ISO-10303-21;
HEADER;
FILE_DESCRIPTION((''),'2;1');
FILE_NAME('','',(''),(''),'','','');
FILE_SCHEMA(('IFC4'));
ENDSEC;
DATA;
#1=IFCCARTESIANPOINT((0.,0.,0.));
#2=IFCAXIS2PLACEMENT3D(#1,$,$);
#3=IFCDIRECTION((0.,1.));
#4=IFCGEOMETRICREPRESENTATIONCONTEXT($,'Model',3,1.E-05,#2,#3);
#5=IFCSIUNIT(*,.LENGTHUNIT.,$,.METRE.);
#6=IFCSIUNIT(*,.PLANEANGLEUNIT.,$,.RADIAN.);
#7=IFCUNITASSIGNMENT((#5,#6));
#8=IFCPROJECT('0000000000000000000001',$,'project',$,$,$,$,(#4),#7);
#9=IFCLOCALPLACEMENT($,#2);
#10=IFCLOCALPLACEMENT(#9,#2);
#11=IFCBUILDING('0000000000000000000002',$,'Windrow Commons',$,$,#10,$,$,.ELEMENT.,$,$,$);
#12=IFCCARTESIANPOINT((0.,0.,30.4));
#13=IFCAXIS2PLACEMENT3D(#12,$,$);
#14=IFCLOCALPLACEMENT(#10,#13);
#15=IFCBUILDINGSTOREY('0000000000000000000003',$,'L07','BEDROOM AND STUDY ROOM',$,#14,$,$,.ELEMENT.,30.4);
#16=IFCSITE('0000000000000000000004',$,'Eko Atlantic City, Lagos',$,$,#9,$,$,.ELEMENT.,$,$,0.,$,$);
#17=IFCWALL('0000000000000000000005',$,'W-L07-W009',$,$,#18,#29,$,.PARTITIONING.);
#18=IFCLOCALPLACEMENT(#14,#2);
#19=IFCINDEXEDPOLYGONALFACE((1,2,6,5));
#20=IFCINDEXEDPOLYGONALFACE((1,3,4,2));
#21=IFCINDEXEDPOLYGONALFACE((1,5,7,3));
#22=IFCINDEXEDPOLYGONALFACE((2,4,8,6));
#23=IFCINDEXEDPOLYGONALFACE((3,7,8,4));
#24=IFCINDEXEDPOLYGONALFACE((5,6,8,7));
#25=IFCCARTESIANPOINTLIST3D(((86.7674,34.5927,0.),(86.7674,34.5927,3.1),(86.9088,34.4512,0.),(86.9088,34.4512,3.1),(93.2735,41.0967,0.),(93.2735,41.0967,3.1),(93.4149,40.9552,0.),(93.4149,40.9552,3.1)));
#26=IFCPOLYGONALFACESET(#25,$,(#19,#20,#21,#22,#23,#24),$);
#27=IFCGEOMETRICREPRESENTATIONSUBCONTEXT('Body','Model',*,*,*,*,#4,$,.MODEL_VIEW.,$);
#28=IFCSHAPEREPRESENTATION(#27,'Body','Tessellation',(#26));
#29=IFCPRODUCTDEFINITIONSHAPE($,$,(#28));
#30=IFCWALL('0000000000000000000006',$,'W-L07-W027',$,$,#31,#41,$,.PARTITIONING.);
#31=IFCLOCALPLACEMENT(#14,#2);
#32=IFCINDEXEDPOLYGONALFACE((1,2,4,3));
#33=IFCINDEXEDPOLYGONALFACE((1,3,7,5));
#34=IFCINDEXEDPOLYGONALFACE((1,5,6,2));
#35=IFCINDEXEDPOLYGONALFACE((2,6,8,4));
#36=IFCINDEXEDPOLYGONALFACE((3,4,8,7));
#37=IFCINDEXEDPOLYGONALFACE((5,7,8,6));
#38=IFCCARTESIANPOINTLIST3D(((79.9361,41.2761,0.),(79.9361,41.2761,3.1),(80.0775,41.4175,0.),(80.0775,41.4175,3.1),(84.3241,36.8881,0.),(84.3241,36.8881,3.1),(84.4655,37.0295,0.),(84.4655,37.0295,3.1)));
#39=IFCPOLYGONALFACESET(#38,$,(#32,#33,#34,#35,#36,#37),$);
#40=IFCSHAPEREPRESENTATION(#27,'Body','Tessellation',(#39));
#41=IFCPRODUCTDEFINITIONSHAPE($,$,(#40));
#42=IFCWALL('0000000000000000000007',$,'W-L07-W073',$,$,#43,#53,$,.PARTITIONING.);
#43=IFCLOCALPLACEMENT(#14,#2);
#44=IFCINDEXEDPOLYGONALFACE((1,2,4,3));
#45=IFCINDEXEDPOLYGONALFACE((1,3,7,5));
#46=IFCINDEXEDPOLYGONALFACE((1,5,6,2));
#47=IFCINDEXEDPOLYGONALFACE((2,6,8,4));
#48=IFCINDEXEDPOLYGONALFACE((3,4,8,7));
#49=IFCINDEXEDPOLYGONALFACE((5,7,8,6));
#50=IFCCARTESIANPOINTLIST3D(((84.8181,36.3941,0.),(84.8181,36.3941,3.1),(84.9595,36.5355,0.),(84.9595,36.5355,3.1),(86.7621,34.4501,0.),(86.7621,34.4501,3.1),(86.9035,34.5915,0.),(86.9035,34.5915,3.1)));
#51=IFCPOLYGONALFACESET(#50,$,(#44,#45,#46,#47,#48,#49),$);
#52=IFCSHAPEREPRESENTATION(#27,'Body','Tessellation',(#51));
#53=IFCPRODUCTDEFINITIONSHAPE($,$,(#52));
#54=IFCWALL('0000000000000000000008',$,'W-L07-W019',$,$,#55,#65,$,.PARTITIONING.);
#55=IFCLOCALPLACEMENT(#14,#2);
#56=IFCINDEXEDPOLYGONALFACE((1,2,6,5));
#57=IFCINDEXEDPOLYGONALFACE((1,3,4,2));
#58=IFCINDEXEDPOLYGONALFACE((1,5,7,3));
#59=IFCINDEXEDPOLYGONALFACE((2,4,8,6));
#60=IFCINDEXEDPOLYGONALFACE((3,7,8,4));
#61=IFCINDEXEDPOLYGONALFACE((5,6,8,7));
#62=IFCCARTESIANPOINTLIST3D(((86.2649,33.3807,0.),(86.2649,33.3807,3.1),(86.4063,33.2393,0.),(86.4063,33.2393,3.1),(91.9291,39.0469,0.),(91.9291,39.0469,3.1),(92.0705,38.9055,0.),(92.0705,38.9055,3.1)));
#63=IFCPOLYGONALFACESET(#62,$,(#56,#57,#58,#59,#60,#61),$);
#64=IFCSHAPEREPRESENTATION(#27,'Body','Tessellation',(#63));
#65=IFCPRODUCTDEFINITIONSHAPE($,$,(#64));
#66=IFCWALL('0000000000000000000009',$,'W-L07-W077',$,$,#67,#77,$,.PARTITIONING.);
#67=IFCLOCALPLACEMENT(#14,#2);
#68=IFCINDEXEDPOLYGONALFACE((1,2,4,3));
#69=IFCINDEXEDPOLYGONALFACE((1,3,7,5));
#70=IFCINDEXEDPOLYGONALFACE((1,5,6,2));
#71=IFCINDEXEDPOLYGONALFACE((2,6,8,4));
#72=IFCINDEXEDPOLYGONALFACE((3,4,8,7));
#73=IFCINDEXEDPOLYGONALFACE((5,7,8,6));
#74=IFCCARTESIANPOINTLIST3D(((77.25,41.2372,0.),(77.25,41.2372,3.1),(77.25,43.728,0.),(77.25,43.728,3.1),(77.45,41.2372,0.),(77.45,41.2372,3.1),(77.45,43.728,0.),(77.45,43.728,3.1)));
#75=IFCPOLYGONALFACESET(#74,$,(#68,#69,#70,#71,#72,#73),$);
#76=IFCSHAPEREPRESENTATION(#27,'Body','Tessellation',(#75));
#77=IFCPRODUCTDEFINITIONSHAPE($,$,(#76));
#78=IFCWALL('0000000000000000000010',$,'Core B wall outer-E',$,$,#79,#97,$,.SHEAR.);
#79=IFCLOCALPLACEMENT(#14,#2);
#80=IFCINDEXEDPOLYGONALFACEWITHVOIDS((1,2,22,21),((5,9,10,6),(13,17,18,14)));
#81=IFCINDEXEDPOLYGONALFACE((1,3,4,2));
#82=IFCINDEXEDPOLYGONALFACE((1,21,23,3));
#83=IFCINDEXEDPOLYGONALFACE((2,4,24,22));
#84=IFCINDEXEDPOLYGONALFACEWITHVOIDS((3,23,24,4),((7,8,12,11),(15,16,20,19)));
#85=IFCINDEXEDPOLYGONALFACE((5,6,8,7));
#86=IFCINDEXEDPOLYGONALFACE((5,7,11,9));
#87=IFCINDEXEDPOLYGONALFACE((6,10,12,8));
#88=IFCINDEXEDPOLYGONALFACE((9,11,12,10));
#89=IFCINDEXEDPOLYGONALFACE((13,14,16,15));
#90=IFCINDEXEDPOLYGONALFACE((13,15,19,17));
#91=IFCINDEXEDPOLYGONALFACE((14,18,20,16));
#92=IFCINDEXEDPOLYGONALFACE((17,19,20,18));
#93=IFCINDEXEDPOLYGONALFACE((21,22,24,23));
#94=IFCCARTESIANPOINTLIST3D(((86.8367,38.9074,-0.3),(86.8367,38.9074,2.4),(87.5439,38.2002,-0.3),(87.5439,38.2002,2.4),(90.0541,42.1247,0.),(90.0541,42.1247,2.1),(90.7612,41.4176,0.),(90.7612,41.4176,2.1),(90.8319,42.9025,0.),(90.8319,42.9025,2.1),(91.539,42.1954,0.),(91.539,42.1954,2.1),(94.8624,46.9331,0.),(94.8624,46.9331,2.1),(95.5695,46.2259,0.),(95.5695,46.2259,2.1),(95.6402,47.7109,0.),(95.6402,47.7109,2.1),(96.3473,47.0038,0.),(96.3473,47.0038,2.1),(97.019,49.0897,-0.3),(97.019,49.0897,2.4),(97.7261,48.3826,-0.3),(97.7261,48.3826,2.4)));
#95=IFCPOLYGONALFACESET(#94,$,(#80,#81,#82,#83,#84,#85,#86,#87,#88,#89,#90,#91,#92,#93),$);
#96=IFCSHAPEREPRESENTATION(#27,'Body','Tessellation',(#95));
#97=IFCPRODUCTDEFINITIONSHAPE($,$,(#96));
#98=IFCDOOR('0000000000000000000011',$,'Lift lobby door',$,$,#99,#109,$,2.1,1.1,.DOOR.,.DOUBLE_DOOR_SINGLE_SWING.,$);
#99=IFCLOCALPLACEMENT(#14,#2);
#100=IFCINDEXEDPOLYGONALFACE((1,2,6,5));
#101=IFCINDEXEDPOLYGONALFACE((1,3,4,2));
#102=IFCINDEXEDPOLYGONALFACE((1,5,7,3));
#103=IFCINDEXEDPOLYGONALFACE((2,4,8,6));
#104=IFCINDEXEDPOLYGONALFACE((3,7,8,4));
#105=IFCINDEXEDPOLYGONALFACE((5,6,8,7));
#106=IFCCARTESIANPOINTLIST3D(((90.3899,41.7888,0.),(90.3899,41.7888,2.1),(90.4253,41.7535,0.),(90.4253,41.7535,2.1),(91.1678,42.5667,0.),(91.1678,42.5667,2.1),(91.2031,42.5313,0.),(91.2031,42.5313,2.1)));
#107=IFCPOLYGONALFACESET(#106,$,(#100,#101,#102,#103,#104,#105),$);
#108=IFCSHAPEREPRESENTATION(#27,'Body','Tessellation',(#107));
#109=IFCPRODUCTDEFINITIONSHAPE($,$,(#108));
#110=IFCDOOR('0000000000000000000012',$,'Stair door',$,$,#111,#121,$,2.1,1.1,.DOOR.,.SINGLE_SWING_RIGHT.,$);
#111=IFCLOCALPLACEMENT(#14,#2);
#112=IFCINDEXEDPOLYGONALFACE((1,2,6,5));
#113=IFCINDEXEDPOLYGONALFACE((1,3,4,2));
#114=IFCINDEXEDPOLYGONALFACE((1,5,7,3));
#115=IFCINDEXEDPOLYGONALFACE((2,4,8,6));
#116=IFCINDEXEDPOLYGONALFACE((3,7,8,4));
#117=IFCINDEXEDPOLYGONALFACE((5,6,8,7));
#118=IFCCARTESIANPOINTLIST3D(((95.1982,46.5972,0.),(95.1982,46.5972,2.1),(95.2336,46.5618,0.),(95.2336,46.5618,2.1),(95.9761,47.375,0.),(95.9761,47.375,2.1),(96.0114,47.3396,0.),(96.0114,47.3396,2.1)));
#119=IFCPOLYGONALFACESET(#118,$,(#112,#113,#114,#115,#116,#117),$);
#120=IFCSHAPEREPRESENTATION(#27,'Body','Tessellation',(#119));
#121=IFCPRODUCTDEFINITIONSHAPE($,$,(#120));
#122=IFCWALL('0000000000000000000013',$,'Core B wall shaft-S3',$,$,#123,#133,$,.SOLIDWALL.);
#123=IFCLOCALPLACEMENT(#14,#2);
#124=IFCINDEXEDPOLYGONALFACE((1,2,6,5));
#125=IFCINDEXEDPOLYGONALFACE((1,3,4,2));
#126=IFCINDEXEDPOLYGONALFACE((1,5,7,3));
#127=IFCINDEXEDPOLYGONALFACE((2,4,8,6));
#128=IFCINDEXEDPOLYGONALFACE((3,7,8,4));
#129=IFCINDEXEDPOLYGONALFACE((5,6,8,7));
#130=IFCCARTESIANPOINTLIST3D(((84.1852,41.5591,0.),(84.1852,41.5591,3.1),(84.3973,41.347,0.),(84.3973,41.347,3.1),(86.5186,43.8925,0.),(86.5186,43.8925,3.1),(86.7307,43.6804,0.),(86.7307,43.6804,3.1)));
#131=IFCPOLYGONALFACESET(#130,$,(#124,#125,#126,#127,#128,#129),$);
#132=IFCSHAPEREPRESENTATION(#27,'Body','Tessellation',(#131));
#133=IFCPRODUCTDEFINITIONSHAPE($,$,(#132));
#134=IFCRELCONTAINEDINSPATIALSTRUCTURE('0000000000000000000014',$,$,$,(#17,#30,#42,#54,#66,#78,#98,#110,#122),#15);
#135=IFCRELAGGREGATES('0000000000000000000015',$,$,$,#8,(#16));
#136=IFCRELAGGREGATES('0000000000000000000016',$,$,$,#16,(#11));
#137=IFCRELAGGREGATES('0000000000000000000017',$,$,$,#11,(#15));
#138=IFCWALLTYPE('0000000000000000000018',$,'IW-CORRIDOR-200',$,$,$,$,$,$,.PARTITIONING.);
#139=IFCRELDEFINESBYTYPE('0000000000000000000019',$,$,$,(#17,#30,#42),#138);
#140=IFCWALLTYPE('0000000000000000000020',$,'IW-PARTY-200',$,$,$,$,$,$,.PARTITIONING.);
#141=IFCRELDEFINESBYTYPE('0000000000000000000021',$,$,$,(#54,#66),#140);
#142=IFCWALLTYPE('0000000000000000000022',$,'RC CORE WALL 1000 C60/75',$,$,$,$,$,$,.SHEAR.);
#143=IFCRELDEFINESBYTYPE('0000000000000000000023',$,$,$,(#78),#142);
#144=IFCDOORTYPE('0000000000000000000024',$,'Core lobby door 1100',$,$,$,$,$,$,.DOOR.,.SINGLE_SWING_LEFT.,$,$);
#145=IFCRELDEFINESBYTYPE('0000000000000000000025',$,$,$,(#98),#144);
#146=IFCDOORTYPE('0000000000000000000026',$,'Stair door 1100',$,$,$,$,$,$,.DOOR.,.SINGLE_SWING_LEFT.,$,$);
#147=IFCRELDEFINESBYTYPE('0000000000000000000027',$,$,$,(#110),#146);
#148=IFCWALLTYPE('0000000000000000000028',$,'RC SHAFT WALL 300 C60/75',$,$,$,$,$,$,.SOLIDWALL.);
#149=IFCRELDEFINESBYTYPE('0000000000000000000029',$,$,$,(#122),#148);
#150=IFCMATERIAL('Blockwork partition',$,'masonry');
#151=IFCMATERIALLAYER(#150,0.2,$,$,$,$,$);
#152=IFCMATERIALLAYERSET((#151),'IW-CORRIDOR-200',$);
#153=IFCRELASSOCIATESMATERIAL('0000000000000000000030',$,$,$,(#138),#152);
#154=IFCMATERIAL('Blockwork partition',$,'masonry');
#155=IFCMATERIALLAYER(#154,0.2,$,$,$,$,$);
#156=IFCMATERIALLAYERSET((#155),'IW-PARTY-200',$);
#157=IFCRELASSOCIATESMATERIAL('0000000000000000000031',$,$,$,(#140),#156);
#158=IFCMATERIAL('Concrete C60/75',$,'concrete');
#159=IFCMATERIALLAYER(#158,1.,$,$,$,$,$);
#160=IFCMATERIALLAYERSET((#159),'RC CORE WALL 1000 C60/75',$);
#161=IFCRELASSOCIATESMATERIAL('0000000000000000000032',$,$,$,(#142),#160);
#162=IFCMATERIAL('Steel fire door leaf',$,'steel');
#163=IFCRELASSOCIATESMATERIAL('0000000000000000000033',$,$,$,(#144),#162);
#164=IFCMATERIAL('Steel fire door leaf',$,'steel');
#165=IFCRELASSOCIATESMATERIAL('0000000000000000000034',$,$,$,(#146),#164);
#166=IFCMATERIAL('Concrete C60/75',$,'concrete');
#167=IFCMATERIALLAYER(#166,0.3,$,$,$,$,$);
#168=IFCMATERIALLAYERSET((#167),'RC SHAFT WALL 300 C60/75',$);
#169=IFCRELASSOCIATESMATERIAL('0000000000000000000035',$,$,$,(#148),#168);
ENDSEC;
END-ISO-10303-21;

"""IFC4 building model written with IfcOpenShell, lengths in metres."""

from ifc_helpers import new_model, si_unit, direction, frame, frame_2d, origin, place, context, subcontext, project, spatial, rectangle, extrude, material, layer, layer_set, type_object, element, fill, save


model = new_model("IFC4")

# Units and contexts
model_context = context("Model", 3, precision=1e-05, world=origin(), true_north=direction((0.0, 1.0)))
body_context = subcontext(model_context, "Body", "Model", "MODEL_VIEW")
ifc_project = project(units=[si_unit("LENGTHUNIT", "METRE"), si_unit("PLANEANGLEUNIT", "RADIAN")], contexts=[model_context])

# Site, building, storey
site_placement = place(None, origin())
site = spatial("IfcSite", under=ifc_project, at=site_placement, Name="Eko Atlantic City, Lagos", CompositionType="ELEMENT", RefElevation=0.0)
building_placement = place(site_placement, origin())
building = spatial("IfcBuilding", under=site, at=building_placement, Name="Windrow Commons", CompositionType="ELEMENT")
storey_placement = place(building_placement, frame((0.0, 0.0, 30.4)))
storey = spatial("IfcBuildingStorey", under=building, at=storey_placement, Name="L07", Description="BEDROOM AND STUDY ROOM", CompositionType="ELEMENT", Elevation=30.4)

# Walls
ifc_material_1 = material(Name="Blockwork partition", Category="masonry")
ifc_layer_1 = layer(ifc_material_1, 0.2)
ifc_layer_set_1 = layer_set([ifc_layer_1], Name="IW-CORRIDOR-200")
wall_type_1 = type_object("IfcWallType", Name="IW-CORRIDOR-200", PredefinedType="PARTITIONING", material=ifc_layer_set_1)
wall_1_placement = place(storey_placement, frame((86.8381, 34.5219, 0.0), z_axis=(0.0, 0.0, 1.0), x_axis=(0.707215, 0.706998, 0.0)))
element("IfcWall", 1, at=wall_1_placement, inside=storey, type_object=wall_type_1, Name="W-L07-W009", PredefinedType="PARTITIONING", context=body_context, shape_type="SweptSolid", body=[
    extrude(rectangle(XDim=9.1995, YDim=0.2, at=frame_2d((4.5998, 0.0))), origin(), (0.0, 0.0, 1.0), 3.1),
])
wall_2_placement = place(storey_placement, frame((80.0068, 41.3468, 0.0), z_axis=(0.0, 0.0, 1.0), x_axis=(0.707107, -0.707107, 0.0)))
element("IfcWall", 2, at=wall_2_placement, inside=storey, type_object=wall_type_1, Name="W-L07-W027", PredefinedType="PARTITIONING", context=body_context, shape_type="SweptSolid", body=[
    extrude(rectangle(XDim=6.2056, YDim=0.2, at=frame_2d((3.1028, 0.0))), origin(), (0.0, 0.0, 1.0), 3.1),
])
wall_3_placement = place(storey_placement, frame((84.8888, 36.4648, 0.0), z_axis=(0.0, 0.0, 1.0), x_axis=(0.707107, -0.707107, 0.0)))
element("IfcWall", 3, at=wall_3_placement, inside=storey, type_object=wall_type_1, Name="W-L07-W073", PredefinedType="PARTITIONING", context=body_context, shape_type="SweptSolid", body=[
    extrude(rectangle(XDim=2.7492, YDim=0.2, at=frame_2d((1.3746, 0.0))), origin(), (0.0, 0.0, 1.0), 3.1),
])
ifc_material_2 = material(Name="Blockwork partition", Category="masonry")
ifc_layer_2 = layer(ifc_material_2, 0.2)
ifc_layer_set_2 = layer_set([ifc_layer_2], Name="IW-PARTY-200")
wall_type_2 = type_object("IfcWallType", Name="IW-PARTY-200", PredefinedType="PARTITIONING", material=ifc_layer_set_2)
wall_4_placement = place(storey_placement, frame((86.3356, 33.31, 0.0), z_axis=(0.0, 0.0, 1.0), x_axis=(0.706982, 0.707232, 0.0)))
element("IfcWall", 4, at=wall_4_placement, inside=storey, type_object=wall_type_2, Name="W-L07-W019", PredefinedType="PARTITIONING", context=body_context, shape_type="SweptSolid", body=[
    extrude(rectangle(XDim=8.0118, YDim=0.2, at=frame_2d((4.0059, 0.0))), origin(), (0.0, 0.0, 1.0), 3.1),
])
wall_5_placement = place(storey_placement, frame((77.35, 41.2373, 0.0), z_axis=(0.0, 0.0, 1.0), x_axis=(0.0, 1.0, 0.0)))
element("IfcWall", 5, at=wall_5_placement, inside=storey, type_object=wall_type_2, Name="W-L07-W077", PredefinedType="PARTITIONING", context=body_context, shape_type="SweptSolid", body=[
    extrude(rectangle(XDim=2.4907, YDim=0.2, at=frame_2d((1.2453, 0.0))), origin(), (0.0, 0.0, 1.0), 3.1),
])

# Wall, openings, doors
ifc_material_3 = material(Name="Concrete C60/75", Category="concrete")
ifc_layer_3 = layer(ifc_material_3, 1.0)
ifc_layer_set_3 = layer_set([ifc_layer_3], Name="RC CORE WALL 1000 C60/75")
wall_type_3 = type_object("IfcWallType", Name="RC CORE WALL 1000 C60/75", PredefinedType="SHEAR", material=ifc_layer_set_3)
wall_6_placement = place(storey_placement, frame((87.1903, 38.5538, -0.3), z_axis=(0.0, 0.0, 1.0), x_axis=(0.707103, 0.70711, 0.0)))
wall_6 = element("IfcWall", 6, at=wall_6_placement, inside=storey, type_object=wall_type_3, Name="Core B wall outer-E", PredefinedType="SHEAR", context=body_context, shape_type="SweptSolid", body=[
    extrude(rectangle(XDim=14.4, YDim=1.0, at=frame_2d((7.2, 0.0))), origin(), (0.0, 0.0, 1.0), 2.7),
])
opening_1_placement = place(wall_6_placement, frame((4.55, 0.0, 0.3)))
opening_1 = element("IfcOpeningElement", 7, at=opening_1_placement, cuts=wall_6, PredefinedType="OPENING", context=body_context, shape_type="SweptSolid", body=[
    extrude(rectangle(XDim=1.1, YDim=2.1, at=frame_2d((0.55, 1.05))), frame((0.0, 0.51, 0.0), z_axis=(0.0, -1.0, 0.0), x_axis=(1.0, 0.0, 0.0)), (0.0, 0.0, 1.0), 1.02),
])
opening_2_placement = place(wall_6_placement, frame((11.35, 0.0, 0.3)))
opening_2 = element("IfcOpeningElement", 8, at=opening_2_placement, cuts=wall_6, PredefinedType="OPENING", context=body_context, shape_type="SweptSolid", body=[
    extrude(rectangle(XDim=1.1, YDim=2.1, at=frame_2d((0.55, 1.05))), frame((0.0, 0.51, 0.0), z_axis=(0.0, -1.0, 0.0), x_axis=(1.0, 0.0, 0.0)), (0.0, 0.0, 1.0), 1.02),
])
ifc_material_4 = material(Name="Steel fire door leaf", Category="steel")
door_type_1 = type_object("IfcDoorType", Name="Core lobby door 1100", OperationType="SINGLE_SWING_LEFT", PredefinedType="DOOR", material=ifc_material_4)
door_1_placement = place(opening_1_placement, origin())
door_1 = element("IfcDoor", 9, at=door_1_placement, inside=storey, type_object=door_type_1, Name="Lift lobby door", OperationType="DOUBLE_DOOR_SINGLE_SWING", OverallHeight=2.1, OverallWidth=1.1, PredefinedType="DOOR", context=body_context, shape_type="SweptSolid", body=[
    extrude(rectangle(XDim=1.1, YDim=2.1, at=frame_2d((0.55, 1.05))), frame((0.0, 0.025, 0.0), z_axis=(0.0, -1.0, 0.0), x_axis=(1.0, 0.0, 0.0)), (0.0, 0.0, 1.0), 0.05),
])
fill(opening_1, door_1)
ifc_material_5 = material(Name="Steel fire door leaf", Category="steel")
door_type_2 = type_object("IfcDoorType", Name="Stair door 1100", OperationType="SINGLE_SWING_LEFT", PredefinedType="DOOR", material=ifc_material_5)
door_2_placement = place(opening_2_placement, origin())
door_2 = element("IfcDoor", 10, at=door_2_placement, inside=storey, type_object=door_type_2, Name="Stair door", OperationType="SINGLE_SWING_RIGHT", OverallHeight=2.1, OverallWidth=1.1, PredefinedType="DOOR", context=body_context, shape_type="SweptSolid", body=[
    extrude(rectangle(XDim=1.1, YDim=2.1, at=frame_2d((0.55, 1.05))), frame((0.0, 0.025, 0.0), z_axis=(0.0, -1.0, 0.0), x_axis=(1.0, 0.0, 0.0)), (0.0, 0.0, 1.0), 0.05),
])
fill(opening_2, door_2)

# Wall
ifc_material_6 = material(Name="Concrete C60/75", Category="concrete")
ifc_layer_4 = layer(ifc_material_6, 0.3)
ifc_layer_set_4 = layer_set([ifc_layer_4], Name="RC SHAFT WALL 300 C60/75")
wall_type_4 = type_object("IfcWallType", Name="RC SHAFT WALL 300 C60/75", PredefinedType="SOLIDWALL", material=ifc_layer_set_4)
wall_7_placement = place(storey_placement, frame((84.2912, 41.453, 0.0), z_axis=(0.0, 0.0, 1.0), x_axis=(0.707107, 0.707107, 0.0)))
element("IfcWall", 11, at=wall_7_placement, inside=storey, type_object=wall_type_4, Name="Core B wall shaft-S3", PredefinedType="SOLIDWALL", context=body_context, shape_type="SweptSolid", body=[
    extrude(rectangle(XDim=3.2999, YDim=0.3, at=frame_2d((1.65, 0.0))), origin(), (0.0, 0.0, 1.0), 3.1),
])

save(model, "model.ifc")
